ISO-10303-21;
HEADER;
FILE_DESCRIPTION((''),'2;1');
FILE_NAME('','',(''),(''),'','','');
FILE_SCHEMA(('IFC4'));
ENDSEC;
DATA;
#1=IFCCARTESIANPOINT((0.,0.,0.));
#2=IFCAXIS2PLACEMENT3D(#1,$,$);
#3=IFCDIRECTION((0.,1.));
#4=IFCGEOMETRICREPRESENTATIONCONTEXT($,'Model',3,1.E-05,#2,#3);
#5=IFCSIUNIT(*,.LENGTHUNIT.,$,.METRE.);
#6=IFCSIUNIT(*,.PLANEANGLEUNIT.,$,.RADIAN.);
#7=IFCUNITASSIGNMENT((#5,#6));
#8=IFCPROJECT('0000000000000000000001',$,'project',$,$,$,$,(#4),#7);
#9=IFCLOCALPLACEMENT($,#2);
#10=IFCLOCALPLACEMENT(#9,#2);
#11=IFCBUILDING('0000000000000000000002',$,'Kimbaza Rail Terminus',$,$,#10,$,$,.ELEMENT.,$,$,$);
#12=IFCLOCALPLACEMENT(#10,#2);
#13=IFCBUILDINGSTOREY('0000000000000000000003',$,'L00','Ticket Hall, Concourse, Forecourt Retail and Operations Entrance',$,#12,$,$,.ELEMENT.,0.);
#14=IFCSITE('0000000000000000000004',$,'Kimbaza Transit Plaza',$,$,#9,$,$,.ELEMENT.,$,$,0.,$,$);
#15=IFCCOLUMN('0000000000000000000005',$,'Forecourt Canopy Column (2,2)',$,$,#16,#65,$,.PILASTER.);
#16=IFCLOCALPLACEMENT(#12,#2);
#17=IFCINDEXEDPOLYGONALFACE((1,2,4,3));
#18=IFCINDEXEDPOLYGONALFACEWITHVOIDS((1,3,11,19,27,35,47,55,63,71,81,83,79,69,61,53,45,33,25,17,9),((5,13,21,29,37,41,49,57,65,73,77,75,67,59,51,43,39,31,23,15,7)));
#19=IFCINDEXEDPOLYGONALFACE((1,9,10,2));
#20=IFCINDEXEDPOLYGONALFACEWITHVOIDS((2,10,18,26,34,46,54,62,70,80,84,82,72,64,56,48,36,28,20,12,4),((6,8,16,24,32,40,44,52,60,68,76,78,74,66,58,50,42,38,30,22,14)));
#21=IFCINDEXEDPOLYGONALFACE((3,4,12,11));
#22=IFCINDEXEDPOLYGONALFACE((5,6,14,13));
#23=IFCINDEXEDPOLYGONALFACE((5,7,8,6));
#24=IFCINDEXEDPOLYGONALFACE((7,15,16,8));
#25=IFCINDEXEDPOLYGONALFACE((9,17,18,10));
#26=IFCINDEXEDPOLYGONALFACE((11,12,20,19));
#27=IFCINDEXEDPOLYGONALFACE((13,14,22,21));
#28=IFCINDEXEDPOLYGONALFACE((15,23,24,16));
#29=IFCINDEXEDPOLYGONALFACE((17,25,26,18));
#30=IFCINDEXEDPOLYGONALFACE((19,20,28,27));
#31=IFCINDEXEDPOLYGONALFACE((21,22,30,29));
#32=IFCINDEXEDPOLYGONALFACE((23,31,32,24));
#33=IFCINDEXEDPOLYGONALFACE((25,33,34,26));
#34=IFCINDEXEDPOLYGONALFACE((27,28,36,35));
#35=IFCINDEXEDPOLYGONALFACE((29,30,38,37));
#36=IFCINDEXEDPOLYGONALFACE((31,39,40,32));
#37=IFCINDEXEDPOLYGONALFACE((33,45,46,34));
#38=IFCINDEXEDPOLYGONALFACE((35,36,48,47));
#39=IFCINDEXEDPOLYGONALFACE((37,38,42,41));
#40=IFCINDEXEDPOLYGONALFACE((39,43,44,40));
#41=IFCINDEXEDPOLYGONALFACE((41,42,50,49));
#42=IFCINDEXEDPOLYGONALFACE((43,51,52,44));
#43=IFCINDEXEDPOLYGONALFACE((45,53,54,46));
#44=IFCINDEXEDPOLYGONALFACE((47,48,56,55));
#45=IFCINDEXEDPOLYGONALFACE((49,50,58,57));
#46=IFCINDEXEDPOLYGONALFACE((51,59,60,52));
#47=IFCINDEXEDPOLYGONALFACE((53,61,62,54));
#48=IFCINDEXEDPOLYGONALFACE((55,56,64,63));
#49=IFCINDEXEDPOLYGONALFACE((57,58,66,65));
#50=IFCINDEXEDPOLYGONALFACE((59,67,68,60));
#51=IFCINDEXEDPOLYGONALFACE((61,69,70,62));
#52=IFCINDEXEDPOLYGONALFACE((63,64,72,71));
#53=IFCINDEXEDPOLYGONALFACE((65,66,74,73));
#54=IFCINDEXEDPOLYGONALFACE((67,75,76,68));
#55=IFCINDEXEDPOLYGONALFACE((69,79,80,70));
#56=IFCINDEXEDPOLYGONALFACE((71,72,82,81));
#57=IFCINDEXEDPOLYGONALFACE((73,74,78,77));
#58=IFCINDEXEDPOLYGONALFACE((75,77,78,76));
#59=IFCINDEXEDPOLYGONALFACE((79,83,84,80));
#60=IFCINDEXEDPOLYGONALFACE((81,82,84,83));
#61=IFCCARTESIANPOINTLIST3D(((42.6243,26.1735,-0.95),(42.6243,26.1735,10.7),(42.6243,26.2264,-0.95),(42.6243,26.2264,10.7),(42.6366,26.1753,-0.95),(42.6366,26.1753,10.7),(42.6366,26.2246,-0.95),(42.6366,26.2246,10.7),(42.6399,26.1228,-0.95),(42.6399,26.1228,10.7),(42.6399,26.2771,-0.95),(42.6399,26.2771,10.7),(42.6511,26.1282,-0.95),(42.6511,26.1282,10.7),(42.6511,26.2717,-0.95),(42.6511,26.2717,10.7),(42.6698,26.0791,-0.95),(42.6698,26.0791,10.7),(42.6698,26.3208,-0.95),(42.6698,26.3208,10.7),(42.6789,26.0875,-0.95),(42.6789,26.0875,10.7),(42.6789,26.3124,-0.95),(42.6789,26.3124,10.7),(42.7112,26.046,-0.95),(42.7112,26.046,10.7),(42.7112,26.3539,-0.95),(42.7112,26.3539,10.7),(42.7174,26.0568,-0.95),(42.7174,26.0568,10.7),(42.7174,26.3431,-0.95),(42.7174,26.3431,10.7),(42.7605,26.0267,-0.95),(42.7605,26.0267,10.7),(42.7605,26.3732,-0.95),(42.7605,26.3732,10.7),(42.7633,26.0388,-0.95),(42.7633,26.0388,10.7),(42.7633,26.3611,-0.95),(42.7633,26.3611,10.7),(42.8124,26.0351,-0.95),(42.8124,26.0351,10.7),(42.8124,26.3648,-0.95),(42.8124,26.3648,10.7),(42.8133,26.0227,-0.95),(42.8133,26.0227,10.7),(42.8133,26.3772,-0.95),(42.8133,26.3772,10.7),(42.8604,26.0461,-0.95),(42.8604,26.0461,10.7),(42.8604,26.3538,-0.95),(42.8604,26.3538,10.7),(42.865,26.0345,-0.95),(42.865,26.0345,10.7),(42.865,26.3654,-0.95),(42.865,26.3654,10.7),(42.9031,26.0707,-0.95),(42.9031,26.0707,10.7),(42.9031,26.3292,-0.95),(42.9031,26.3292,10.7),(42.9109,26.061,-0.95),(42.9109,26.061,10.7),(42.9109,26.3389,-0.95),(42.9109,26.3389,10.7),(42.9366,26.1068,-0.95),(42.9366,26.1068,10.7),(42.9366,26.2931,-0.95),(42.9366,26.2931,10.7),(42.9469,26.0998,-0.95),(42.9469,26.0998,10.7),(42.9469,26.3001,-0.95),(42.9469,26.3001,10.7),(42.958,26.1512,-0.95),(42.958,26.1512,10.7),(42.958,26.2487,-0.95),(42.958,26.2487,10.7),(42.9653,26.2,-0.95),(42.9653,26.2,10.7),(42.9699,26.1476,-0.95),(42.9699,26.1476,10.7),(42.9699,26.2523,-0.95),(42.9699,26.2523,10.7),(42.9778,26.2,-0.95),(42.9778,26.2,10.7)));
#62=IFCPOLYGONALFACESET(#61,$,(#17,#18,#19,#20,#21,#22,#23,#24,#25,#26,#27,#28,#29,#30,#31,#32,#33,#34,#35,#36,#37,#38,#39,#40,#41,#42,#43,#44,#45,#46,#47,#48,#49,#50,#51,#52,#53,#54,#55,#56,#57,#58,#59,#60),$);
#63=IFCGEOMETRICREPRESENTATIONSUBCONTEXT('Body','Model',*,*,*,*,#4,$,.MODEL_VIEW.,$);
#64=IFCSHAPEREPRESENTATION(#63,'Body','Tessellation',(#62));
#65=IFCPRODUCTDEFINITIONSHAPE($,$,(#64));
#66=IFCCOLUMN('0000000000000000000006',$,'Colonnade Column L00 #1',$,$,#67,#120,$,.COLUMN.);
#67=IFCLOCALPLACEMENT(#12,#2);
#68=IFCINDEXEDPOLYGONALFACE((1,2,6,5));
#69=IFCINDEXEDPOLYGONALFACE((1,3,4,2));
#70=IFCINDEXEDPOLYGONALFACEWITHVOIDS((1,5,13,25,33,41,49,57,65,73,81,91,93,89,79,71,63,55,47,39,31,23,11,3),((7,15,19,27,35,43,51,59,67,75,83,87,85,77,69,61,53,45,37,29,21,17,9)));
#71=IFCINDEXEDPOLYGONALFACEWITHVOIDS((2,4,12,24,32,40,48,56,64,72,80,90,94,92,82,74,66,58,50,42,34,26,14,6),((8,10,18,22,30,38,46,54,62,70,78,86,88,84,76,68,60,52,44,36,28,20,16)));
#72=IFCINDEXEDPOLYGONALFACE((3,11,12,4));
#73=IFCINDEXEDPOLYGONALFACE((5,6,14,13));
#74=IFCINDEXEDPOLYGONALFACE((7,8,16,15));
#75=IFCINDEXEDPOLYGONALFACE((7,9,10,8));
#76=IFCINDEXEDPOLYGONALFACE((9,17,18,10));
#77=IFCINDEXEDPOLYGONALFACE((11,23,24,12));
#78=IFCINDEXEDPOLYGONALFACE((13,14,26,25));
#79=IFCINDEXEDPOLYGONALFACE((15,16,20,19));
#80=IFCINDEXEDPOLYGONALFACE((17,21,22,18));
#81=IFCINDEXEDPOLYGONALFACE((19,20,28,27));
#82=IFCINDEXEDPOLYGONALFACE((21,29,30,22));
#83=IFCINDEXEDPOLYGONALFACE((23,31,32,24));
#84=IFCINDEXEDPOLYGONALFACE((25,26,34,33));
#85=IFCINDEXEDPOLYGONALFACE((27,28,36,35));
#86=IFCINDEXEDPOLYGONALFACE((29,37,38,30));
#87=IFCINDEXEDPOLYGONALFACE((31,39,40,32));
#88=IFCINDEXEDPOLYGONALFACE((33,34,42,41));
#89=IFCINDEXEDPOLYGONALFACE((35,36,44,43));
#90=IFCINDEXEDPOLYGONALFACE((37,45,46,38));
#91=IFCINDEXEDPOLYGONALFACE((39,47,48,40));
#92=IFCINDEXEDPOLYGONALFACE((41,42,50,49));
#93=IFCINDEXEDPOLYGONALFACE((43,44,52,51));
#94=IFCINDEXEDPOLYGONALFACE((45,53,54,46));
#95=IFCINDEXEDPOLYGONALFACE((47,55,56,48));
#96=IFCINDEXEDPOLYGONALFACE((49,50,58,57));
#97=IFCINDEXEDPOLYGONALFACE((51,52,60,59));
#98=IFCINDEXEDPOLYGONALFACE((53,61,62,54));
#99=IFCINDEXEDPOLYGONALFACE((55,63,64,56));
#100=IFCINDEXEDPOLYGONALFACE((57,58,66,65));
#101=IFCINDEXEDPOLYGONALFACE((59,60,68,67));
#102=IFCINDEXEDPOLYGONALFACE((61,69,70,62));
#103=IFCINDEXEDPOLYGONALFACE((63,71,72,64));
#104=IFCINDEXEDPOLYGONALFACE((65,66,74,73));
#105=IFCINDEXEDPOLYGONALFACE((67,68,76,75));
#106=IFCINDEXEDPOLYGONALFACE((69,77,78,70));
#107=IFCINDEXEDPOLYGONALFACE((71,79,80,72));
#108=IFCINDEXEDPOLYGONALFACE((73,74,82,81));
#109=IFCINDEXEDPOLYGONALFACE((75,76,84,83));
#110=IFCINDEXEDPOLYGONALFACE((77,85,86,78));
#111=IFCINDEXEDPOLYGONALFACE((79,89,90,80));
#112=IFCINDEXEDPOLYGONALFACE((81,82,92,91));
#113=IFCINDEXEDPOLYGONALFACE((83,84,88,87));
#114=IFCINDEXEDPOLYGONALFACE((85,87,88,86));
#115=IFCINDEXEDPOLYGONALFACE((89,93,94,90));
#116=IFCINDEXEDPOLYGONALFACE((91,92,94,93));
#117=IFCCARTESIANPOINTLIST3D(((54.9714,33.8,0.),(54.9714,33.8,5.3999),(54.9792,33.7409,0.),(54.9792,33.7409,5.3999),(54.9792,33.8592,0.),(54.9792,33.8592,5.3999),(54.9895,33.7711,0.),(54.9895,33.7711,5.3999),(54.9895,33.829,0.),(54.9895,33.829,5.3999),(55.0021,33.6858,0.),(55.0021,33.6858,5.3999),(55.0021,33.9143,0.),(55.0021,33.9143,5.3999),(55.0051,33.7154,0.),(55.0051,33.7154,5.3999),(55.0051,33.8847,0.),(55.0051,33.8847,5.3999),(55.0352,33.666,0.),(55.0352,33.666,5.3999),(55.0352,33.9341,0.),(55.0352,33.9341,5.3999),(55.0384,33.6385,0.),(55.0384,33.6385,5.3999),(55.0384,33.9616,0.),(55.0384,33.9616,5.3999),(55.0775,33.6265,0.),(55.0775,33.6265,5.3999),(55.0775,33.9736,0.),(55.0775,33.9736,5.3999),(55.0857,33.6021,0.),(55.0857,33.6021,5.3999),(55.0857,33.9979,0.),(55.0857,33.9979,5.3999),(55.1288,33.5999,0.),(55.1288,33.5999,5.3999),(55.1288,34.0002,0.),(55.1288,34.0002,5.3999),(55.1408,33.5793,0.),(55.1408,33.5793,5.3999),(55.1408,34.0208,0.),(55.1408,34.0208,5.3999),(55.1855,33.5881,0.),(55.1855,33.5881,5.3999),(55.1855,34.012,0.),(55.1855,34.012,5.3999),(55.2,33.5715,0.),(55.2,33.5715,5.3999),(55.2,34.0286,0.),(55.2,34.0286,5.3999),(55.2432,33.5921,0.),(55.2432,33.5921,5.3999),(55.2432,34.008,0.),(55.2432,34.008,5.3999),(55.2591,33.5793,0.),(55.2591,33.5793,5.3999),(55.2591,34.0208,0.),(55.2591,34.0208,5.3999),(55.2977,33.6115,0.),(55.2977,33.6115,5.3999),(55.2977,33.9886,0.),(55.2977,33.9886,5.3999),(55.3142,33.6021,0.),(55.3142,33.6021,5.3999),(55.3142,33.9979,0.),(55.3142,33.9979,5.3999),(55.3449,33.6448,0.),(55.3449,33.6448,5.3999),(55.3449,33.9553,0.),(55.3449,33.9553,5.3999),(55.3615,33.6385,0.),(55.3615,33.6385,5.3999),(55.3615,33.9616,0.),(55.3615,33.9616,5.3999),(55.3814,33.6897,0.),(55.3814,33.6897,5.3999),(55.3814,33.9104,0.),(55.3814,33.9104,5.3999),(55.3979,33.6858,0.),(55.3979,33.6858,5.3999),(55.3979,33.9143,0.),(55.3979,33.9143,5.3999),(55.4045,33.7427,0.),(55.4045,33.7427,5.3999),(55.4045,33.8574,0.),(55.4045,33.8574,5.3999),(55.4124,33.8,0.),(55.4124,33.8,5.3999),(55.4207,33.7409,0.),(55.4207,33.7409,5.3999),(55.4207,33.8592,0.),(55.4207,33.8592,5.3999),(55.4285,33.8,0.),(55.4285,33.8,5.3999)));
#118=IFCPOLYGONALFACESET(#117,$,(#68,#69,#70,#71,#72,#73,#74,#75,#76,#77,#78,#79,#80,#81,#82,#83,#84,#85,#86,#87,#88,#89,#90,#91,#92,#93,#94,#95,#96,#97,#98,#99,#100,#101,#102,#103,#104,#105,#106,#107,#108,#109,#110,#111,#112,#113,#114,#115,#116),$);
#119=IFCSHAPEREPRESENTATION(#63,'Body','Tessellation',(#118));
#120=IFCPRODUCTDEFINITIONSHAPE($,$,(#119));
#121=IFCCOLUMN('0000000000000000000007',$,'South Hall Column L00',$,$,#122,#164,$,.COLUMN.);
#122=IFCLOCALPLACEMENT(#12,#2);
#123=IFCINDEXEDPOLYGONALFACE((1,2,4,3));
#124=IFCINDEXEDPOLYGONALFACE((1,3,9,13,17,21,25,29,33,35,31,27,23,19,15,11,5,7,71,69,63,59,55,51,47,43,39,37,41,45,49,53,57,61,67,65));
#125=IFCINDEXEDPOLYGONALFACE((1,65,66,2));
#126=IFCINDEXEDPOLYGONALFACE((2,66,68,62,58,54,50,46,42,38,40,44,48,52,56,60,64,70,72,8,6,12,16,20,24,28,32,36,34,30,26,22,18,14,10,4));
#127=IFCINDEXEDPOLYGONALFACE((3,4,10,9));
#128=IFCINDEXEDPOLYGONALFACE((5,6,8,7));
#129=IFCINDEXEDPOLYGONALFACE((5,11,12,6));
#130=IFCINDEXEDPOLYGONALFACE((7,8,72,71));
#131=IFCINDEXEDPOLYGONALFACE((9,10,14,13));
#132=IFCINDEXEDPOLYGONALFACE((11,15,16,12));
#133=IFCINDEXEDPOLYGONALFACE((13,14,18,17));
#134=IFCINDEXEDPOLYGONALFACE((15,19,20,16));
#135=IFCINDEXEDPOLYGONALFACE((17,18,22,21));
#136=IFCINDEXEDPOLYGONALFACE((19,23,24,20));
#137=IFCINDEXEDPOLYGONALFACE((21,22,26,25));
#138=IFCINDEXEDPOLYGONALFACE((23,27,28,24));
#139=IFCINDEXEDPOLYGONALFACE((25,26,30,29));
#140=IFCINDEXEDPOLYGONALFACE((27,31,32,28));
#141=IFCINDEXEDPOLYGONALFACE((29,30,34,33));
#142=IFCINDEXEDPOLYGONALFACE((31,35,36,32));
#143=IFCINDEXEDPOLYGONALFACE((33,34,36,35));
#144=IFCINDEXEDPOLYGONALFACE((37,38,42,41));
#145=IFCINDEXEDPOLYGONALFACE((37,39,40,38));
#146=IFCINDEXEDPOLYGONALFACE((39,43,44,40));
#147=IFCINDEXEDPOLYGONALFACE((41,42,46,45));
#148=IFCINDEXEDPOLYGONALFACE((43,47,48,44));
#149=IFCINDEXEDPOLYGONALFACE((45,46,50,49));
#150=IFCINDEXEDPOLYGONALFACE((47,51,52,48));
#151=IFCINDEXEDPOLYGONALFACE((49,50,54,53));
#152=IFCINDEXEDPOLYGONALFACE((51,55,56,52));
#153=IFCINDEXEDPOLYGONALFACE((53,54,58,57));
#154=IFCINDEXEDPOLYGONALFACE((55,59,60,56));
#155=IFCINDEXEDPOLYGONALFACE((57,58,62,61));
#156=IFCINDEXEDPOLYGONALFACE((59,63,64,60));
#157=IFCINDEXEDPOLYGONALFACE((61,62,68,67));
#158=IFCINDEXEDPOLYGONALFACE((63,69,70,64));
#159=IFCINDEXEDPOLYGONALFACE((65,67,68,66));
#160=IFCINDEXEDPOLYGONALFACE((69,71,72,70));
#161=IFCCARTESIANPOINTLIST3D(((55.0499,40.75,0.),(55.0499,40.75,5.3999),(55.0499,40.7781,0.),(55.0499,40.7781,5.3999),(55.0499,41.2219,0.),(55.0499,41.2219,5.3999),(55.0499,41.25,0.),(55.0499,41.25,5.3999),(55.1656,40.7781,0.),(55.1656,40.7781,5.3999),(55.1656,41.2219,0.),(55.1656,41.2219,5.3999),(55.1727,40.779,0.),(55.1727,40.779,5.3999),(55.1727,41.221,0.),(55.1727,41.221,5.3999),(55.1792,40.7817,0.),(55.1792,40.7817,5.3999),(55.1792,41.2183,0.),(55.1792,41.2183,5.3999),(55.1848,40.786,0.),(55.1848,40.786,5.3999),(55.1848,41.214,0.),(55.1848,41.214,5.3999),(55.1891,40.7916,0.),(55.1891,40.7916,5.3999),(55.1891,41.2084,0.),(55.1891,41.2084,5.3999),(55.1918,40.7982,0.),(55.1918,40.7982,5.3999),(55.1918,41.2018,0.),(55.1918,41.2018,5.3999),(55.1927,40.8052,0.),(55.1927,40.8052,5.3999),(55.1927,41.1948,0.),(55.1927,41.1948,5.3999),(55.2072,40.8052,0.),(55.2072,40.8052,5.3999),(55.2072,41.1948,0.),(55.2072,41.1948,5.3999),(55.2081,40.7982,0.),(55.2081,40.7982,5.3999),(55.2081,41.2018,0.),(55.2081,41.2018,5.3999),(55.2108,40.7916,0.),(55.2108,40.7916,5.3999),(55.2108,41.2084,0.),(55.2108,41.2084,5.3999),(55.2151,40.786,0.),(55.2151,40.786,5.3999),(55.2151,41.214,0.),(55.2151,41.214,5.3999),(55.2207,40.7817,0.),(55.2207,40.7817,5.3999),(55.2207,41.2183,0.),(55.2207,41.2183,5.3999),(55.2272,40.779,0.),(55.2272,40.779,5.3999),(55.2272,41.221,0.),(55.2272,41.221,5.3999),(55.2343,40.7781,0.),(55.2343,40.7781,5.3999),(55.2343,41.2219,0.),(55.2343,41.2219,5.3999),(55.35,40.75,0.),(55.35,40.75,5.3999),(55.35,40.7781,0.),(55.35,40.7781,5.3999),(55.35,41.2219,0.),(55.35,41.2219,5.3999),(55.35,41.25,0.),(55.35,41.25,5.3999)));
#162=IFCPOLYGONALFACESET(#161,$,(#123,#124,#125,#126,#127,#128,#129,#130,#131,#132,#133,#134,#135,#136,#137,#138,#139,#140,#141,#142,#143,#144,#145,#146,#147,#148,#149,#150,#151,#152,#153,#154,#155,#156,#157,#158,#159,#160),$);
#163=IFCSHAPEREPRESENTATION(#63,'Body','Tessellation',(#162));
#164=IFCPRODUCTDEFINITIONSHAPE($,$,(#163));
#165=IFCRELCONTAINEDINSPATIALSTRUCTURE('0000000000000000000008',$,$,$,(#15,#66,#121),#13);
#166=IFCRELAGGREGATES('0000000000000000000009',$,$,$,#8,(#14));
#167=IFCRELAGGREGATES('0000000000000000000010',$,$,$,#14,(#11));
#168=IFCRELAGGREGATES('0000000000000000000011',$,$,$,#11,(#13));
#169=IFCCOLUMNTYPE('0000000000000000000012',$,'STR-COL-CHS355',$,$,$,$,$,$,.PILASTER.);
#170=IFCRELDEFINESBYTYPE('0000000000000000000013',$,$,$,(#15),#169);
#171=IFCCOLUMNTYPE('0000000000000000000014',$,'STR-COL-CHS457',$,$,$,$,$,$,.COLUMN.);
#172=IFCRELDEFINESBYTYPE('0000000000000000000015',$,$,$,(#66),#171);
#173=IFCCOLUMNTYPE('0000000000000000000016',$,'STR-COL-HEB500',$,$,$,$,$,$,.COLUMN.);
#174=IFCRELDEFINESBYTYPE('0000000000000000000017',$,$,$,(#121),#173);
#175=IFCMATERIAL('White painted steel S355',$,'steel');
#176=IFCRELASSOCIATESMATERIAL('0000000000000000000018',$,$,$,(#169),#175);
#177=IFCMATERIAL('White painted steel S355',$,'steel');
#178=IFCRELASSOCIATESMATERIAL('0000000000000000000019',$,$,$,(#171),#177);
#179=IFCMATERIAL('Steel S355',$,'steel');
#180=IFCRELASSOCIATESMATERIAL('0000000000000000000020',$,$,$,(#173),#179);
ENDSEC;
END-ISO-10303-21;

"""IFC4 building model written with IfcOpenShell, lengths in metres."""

from ifc_helpers import new_model, si_unit, direction, frame, origin, origin_2d, place, context, subcontext, project, spatial, hollow_circle, i_section, extrude, material, material_profile, profile_set, type_object, element, save


model = new_model("IFC4")

# Units and contexts
model_context = context("Model", 3, precision=1e-05, world=origin(), true_north=direction((0.0, 1.0)))
body_context = subcontext(model_context, "Body", "Model", "MODEL_VIEW")
ifc_project = project(units=[si_unit("LENGTHUNIT", "METRE"), si_unit("PLANEANGLEUNIT", "RADIAN")], contexts=[model_context])

# Site, building, storey
site_placement = place(None, origin())
site = spatial("IfcSite", under=ifc_project, at=site_placement, Name="Kimbaza Transit Plaza", CompositionType="ELEMENT", RefElevation=0.0)
building_placement = place(site_placement, origin())
building = spatial("IfcBuilding", under=site, at=building_placement, Name="Kimbaza Rail Terminus", CompositionType="ELEMENT")
storey_placement = place(building_placement, origin())
storey = spatial("IfcBuildingStorey", under=building, at=storey_placement, Name="L00", Description="Ticket Hall, Concourse, Forecourt Retail and Operations Entrance", CompositionType="ELEMENT", Elevation=0.0)

# Columns
ifc_material_1 = material(Name="White painted steel S355", Category="steel")
ifc_material_profile_1 = material_profile(ifc_material_1, hollow_circle(Radius=0.1777, WallThickness=0.0125, at=origin_2d()), Name="CHS 355.6x12.5")
ifc_profile_set_1 = profile_set([ifc_material_profile_1], Name="White painted steel S355")
column_type_1 = type_object("IfcColumnType", Name="STR-COL-CHS355", PredefinedType="PILASTER", material=ifc_profile_set_1)
column_1_placement = place(storey_placement, frame((42.8, 26.2, -0.95), z_axis=(0.0, 0.0, 1.0), x_axis=(1.0, 0.0, 0.0)))
element("IfcColumn", 1, at=column_1_placement, inside=storey, type_object=column_type_1, Name="Forecourt Canopy Column (2,2)", PredefinedType="PILASTER", context=body_context, shape_type="SweptSolid", body=[
    extrude(hollow_circle(Radius=0.1777, WallThickness=0.0125, at=origin_2d()), origin(), (0.0, 0.0, 1.0), 11.6499),
])
ifc_material_2 = material(Name="White painted steel S355", Category="steel")
ifc_material_profile_2 = material_profile(ifc_material_2, hollow_circle(Radius=0.2285, WallThickness=0.0161, at=origin_2d()), Name="CHS 457x16")
ifc_profile_set_2 = profile_set([ifc_material_profile_2], Name="White painted steel S355")
column_type_2 = type_object("IfcColumnType", Name="STR-COL-CHS457", PredefinedType="COLUMN", material=ifc_profile_set_2)
column_2_placement = place(storey_placement, frame((55.2, 33.8, 0.0), z_axis=(0.0, 0.0, 1.0), x_axis=(1.0, 0.0, 0.0)))
element("IfcColumn", 2, at=column_2_placement, inside=storey, type_object=column_type_2, Name="Colonnade Column L00 #1", PredefinedType="COLUMN", context=body_context, shape_type="SweptSolid", body=[
    extrude(hollow_circle(Radius=0.2285, WallThickness=0.0161, at=origin_2d()), origin(), (0.0, 0.0, 1.0), 5.3999),
])
ifc_material_3 = material(Name="Steel S355", Category="steel")
ifc_material_profile_3 = material_profile(ifc_material_3, i_section(OverallWidth=0.3, OverallDepth=0.5, WebThickness=0.0144, FlangeThickness=0.0281, FilletRadius=0.0271, at=origin_2d()), Name="HEB 500")
ifc_profile_set_3 = profile_set([ifc_material_profile_3], Name="Steel S355")
column_type_3 = type_object("IfcColumnType", Name="STR-COL-HEB500", PredefinedType="COLUMN", material=ifc_profile_set_3)
column_3_placement = place(storey_placement, frame((55.2, 41.0, 0.0), z_axis=(0.0, 0.0, 1.0), x_axis=(1.0, 0.0, 0.0)))
element("IfcColumn", 3, at=column_3_placement, inside=storey, type_object=column_type_3, Name="South Hall Column L00", PredefinedType="COLUMN", context=body_context, shape_type="SweptSolid", body=[
    extrude(i_section(OverallWidth=0.3, OverallDepth=0.5, WebThickness=0.0144, FlangeThickness=0.0281, FilletRadius=0.0271, at=origin_2d()), origin(), (0.0, 0.0, 1.0), 5.3999),
])

save(model, "model.ifc")
